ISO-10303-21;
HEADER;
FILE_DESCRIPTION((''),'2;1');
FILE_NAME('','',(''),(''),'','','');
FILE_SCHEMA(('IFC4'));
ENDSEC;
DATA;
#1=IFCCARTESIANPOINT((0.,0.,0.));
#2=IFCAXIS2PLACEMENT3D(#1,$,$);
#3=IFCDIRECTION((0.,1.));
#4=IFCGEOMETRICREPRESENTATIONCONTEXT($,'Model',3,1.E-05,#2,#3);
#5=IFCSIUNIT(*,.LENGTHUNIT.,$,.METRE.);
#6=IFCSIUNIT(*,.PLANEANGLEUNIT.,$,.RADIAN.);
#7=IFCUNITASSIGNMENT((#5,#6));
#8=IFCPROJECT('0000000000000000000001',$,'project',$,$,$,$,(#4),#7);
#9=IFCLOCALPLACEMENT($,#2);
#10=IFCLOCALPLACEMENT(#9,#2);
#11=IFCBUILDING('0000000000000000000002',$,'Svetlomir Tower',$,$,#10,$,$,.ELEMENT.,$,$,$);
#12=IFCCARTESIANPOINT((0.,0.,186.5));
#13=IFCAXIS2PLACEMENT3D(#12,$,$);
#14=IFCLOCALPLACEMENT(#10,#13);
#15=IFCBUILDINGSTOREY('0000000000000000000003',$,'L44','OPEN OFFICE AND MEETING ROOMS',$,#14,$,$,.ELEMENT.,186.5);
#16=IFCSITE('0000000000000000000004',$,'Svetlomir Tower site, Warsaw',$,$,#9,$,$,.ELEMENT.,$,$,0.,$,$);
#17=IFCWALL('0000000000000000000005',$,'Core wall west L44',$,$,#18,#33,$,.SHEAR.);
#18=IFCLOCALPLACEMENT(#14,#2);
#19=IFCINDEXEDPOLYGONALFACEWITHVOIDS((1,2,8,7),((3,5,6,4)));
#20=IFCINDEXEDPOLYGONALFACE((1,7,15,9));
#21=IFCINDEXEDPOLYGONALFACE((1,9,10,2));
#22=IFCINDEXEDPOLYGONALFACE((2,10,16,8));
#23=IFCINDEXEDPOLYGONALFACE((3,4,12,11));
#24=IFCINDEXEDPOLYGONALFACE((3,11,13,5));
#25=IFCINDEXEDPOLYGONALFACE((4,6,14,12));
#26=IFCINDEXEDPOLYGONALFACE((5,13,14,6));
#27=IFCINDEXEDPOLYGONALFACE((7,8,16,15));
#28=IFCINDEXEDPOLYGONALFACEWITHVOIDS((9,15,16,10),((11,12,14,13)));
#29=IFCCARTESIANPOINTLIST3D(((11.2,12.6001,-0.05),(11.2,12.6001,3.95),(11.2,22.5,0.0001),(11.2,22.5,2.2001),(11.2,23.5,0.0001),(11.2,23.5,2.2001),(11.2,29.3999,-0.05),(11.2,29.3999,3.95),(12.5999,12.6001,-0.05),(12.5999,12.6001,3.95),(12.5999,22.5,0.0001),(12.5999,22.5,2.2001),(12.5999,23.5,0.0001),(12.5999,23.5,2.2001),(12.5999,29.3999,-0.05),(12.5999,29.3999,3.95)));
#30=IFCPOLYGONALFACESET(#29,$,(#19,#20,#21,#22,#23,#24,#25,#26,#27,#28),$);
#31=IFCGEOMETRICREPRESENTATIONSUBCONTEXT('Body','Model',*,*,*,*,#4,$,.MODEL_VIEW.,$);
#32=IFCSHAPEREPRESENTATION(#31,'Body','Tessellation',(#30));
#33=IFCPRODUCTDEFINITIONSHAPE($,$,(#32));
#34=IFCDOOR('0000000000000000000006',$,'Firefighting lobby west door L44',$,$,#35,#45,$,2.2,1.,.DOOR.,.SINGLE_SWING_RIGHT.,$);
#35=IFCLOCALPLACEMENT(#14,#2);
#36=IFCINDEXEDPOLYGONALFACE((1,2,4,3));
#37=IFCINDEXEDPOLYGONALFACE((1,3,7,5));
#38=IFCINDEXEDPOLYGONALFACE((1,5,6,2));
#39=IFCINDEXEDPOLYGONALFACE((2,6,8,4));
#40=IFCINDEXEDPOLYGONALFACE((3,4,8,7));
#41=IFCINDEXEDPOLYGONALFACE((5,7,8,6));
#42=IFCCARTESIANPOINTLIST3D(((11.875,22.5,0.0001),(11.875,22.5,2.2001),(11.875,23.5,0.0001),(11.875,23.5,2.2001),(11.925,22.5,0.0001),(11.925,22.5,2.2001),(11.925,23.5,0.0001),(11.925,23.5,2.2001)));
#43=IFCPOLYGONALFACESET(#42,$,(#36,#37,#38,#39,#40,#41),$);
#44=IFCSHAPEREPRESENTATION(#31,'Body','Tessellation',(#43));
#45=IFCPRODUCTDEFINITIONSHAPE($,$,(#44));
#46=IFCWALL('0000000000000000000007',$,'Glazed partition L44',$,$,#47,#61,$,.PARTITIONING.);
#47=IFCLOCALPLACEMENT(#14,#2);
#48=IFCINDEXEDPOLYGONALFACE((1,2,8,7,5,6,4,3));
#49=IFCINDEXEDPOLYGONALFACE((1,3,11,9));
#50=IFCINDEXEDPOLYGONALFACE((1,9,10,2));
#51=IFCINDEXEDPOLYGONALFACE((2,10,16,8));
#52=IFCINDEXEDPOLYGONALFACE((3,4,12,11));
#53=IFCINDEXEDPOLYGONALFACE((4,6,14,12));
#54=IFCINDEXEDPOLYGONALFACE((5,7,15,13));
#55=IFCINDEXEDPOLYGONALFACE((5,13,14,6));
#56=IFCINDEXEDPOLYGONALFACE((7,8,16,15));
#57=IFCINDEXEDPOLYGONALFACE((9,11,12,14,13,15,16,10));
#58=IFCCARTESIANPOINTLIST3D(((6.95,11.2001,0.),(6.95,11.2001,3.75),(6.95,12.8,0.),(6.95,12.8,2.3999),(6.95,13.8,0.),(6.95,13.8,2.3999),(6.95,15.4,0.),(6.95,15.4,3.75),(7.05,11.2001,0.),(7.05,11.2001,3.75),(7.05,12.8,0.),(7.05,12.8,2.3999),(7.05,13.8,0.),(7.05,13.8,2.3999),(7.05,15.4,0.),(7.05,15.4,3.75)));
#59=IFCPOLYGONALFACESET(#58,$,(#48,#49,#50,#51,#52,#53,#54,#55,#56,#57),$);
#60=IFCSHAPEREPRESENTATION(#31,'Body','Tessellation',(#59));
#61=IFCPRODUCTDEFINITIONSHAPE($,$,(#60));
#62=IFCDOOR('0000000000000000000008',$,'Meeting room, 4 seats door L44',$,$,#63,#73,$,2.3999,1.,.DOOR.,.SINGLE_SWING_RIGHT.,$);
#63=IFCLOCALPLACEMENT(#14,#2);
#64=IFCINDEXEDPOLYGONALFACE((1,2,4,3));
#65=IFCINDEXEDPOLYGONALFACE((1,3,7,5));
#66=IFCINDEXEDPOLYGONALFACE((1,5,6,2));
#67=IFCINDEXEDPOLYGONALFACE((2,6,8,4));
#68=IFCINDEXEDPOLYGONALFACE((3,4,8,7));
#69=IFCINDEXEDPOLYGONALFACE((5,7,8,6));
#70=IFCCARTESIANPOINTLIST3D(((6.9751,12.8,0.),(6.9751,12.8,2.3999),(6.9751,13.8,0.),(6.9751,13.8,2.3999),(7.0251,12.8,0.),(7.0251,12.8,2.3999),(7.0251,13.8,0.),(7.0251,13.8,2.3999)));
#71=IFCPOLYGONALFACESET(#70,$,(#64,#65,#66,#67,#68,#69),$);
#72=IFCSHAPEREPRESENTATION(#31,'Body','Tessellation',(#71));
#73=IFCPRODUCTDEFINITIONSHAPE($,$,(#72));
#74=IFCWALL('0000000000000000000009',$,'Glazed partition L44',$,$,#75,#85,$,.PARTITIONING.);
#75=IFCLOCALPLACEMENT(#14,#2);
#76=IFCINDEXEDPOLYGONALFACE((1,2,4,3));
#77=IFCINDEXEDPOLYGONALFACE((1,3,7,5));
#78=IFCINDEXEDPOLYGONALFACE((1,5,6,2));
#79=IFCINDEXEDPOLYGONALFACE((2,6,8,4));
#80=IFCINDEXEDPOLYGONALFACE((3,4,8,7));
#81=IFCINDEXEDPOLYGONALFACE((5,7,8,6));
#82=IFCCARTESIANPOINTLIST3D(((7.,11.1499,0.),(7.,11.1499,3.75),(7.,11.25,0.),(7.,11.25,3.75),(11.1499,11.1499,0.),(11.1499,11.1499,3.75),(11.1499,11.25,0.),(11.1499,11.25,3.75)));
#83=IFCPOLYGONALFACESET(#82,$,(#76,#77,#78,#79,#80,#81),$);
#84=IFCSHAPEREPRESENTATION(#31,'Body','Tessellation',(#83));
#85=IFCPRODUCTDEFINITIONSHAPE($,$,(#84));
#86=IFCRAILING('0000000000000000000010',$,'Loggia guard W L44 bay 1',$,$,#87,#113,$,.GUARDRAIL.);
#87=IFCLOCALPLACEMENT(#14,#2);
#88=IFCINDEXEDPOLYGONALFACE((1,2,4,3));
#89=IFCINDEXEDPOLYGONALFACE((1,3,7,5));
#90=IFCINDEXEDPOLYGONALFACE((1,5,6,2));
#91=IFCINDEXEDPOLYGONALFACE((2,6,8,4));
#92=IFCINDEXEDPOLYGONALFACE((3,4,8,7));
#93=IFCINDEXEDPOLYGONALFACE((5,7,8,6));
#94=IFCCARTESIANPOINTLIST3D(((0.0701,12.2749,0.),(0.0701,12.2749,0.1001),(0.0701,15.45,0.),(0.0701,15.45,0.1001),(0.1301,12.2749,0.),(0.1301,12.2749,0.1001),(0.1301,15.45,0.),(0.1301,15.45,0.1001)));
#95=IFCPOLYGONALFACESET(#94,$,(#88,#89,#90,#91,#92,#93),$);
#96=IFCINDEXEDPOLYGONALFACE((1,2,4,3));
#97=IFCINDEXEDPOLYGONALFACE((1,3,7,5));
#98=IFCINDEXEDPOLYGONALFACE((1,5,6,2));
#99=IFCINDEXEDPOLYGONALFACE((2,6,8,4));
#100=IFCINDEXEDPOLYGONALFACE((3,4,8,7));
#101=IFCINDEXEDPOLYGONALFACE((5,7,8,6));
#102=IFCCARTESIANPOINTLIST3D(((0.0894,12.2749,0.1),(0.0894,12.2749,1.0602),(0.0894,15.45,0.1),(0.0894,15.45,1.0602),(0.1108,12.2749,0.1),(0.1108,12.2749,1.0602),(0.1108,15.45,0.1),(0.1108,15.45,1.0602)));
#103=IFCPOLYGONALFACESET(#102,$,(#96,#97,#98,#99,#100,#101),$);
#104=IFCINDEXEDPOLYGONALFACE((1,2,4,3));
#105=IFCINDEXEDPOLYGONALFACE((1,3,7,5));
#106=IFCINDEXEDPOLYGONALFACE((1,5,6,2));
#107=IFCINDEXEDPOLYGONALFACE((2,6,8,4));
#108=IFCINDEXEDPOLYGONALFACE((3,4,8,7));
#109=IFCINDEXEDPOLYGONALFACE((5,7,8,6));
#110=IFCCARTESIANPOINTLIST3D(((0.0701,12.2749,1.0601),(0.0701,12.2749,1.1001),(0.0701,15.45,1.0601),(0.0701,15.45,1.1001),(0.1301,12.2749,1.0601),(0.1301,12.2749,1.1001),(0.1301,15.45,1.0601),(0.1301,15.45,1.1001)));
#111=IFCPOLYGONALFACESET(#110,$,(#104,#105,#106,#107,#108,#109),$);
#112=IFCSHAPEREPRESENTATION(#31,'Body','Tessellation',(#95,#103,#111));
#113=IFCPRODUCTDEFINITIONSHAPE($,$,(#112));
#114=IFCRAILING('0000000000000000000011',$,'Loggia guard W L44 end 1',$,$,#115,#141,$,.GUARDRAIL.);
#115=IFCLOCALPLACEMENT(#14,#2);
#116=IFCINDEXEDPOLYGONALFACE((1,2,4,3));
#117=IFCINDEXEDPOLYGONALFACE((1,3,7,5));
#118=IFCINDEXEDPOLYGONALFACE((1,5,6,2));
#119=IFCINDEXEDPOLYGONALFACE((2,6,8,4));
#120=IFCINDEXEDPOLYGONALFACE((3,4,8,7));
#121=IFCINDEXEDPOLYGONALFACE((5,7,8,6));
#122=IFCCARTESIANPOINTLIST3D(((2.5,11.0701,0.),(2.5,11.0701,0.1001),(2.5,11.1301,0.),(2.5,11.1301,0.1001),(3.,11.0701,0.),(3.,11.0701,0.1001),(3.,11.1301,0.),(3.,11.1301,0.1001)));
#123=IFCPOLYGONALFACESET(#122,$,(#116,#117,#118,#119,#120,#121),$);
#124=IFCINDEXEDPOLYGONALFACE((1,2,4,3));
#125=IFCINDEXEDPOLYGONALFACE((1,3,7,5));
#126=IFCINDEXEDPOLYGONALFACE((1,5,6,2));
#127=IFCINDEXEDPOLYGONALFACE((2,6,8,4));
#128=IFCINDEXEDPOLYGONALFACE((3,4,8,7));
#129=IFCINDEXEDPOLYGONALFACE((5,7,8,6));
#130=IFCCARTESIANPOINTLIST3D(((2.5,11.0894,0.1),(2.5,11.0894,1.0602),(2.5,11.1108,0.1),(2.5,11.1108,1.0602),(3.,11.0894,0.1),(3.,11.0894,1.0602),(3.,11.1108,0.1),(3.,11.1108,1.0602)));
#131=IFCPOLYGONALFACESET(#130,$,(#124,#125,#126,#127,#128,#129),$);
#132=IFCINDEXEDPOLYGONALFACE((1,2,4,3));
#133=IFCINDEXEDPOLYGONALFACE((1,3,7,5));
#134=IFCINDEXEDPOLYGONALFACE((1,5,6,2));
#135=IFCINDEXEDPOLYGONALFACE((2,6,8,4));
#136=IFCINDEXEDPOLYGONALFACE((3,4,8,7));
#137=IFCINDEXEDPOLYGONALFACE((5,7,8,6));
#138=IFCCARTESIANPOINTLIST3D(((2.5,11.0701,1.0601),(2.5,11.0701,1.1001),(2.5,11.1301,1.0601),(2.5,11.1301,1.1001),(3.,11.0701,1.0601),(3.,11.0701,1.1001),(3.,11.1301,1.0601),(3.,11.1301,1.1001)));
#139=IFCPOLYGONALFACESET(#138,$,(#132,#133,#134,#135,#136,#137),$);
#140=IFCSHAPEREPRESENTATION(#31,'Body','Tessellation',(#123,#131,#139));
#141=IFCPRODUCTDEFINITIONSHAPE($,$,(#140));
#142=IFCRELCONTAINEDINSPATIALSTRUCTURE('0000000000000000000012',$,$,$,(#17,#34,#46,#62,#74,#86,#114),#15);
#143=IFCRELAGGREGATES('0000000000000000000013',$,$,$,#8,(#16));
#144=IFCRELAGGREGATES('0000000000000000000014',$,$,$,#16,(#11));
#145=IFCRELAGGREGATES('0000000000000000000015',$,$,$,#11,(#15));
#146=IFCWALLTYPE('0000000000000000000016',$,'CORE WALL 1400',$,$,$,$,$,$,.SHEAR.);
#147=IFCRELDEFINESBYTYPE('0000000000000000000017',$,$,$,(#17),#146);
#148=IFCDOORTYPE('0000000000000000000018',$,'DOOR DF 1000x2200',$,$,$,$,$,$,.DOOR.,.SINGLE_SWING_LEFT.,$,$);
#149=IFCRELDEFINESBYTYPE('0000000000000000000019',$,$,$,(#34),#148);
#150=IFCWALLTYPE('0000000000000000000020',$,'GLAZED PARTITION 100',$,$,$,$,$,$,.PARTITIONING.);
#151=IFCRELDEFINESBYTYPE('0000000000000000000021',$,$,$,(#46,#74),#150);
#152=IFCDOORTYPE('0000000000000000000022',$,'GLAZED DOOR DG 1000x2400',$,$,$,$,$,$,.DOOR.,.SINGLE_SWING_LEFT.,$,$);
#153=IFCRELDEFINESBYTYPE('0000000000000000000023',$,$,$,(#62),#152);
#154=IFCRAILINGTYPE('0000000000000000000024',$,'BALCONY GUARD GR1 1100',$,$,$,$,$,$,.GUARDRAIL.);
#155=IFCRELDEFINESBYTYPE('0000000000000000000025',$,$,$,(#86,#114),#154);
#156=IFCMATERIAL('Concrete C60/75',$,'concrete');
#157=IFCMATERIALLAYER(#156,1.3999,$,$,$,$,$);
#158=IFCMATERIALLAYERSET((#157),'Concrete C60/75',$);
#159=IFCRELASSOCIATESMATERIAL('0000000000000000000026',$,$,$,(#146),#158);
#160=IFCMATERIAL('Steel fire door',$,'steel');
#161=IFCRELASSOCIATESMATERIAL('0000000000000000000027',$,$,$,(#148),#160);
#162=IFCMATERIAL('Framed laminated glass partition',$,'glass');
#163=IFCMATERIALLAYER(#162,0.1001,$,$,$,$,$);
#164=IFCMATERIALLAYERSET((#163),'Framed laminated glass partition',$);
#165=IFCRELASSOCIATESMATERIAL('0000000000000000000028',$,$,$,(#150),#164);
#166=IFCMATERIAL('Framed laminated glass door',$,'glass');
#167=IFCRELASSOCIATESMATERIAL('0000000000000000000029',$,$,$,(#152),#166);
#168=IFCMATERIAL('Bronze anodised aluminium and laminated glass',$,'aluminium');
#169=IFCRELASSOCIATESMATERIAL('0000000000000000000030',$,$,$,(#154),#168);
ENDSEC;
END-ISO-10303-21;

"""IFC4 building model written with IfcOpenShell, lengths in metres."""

from ifc_helpers import new_model, si_unit, direction, frame, frame_2d, origin, origin_2d, place, context, subcontext, project, spatial, rectangle, extrude, material, layer, layer_set, type_object, element, fill, save


model = new_model("IFC4")

# Units and contexts
model_context = context("Model", 3, precision=1e-05, world=origin(), true_north=direction((0.0, 1.0)))
body_context = subcontext(model_context, "Body", "Model", "MODEL_VIEW")
ifc_project = project(units=[si_unit("LENGTHUNIT", "METRE"), si_unit("PLANEANGLEUNIT", "RADIAN")], contexts=[model_context])

# Site, building, storey
site_placement = place(None, origin())
site = spatial("IfcSite", under=ifc_project, at=site_placement, Name="Svetlomir Tower site, Warsaw", CompositionType="ELEMENT", RefElevation=0.0)
building_placement = place(site_placement, origin())
building = spatial("IfcBuilding", under=site, at=building_placement, Name="Svetlomir Tower", CompositionType="ELEMENT")
storey_placement = place(building_placement, frame((0.0, 0.0, 186.5)))
storey = spatial("IfcBuildingStorey", under=building, at=storey_placement, Name="L44", Description="OPEN OFFICE AND MEETING ROOMS", CompositionType="ELEMENT", Elevation=186.5)

# Walls, openings, doors
ifc_material_1 = material(Name="Concrete C60/75", Category="concrete")
ifc_layer_1 = layer(ifc_material_1, 1.3999)
ifc_layer_set_1 = layer_set([ifc_layer_1], Name="Concrete C60/75")
wall_type_1 = type_object("IfcWallType", Name="CORE WALL 1400", PredefinedType="SHEAR", material=ifc_layer_set_1)
wall_1_placement = place(storey_placement, frame((11.8999, 12.6001, -0.05), z_axis=(0.0, 0.0, 1.0), x_axis=(0.0, 1.0, 0.0)))
wall_1 = element("IfcWall", 1, at=wall_1_placement, inside=storey, type_object=wall_type_1, Name="Core wall west L44", PredefinedType="SHEAR", context=body_context, shape_type="SweptSolid", body=[
    extrude(rectangle(XDim=16.7998, YDim=1.3999, at=frame_2d((8.3999, 0.0))), origin(), (0.0, 0.0, 1.0), 4.0),
])
opening_1_placement = place(wall_1_placement, frame((9.8999, 0.0, 0.05)))
opening_1 = element("IfcOpeningElement", 2, at=opening_1_placement, cuts=wall_1, PredefinedType="OPENING", context=body_context, shape_type="SweptSolid", body=[
    extrude(rectangle(XDim=1.0, YDim=2.2, at=frame_2d((0.5, 1.1001))), frame((0.0, 0.71, 0.0), z_axis=(0.0, -1.0, 0.0), x_axis=(1.0, 0.0, 0.0)), (0.0, 0.0, 1.0), 1.4199),
])
ifc_material_2 = material(Name="Steel fire door", Category="steel")
door_type_1 = type_object("IfcDoorType", Name="DOOR DF 1000x2200", OperationType="SINGLE_SWING_LEFT", PredefinedType="DOOR", material=ifc_material_2)
door_1_placement = place(opening_1_placement, origin())
door_1 = element("IfcDoor", 3, at=door_1_placement, inside=storey, type_object=door_type_1, Name="Firefighting lobby west door L44", OperationType="SINGLE_SWING_RIGHT", OverallHeight=2.2, OverallWidth=1.0, PredefinedType="DOOR", context=body_context, shape_type="SweptSolid", body=[
    extrude(rectangle(XDim=1.0, YDim=2.2, at=frame_2d((0.5, 1.1001))), frame((0.0, 0.0249, 0.0), z_axis=(0.0, -1.0, 0.0), x_axis=(1.0, 0.0, 0.0)), (0.0, 0.0, 1.0), 0.05),
])
fill(opening_1, door_1)
ifc_material_3 = material(Name="Framed laminated glass partition", Category="glass")
ifc_layer_2 = layer(ifc_material_3, 0.1001)
ifc_layer_set_2 = layer_set([ifc_layer_2], Name="Framed laminated glass partition")
wall_type_2 = type_object("IfcWallType", Name="GLAZED PARTITION 100", PredefinedType="PARTITIONING", material=ifc_layer_set_2)
wall_2_placement = place(storey_placement, frame((7.0, 11.2, 0.0), z_axis=(0.0, 0.0, 1.0), x_axis=(0.0, 1.0, 0.0)))
wall_2 = element("IfcWall", 4, at=wall_2_placement, inside=storey, type_object=wall_type_2, Name="Glazed partition L44", PredefinedType="PARTITIONING", context=body_context, shape_type="SweptSolid", body=[
    extrude(rectangle(XDim=4.2, YDim=0.1001, at=frame_2d((2.1001, 0.0))), origin(), (0.0, 0.0, 1.0), 3.75),
])
opening_2_placement = place(wall_2_placement, frame((1.6001, 0.0, 0.0)))
opening_2 = element("IfcOpeningElement", 5, at=opening_2_placement, cuts=wall_2, PredefinedType="OPENING", context=body_context, shape_type="SweptSolid", body=[
    extrude(rectangle(XDim=1.0, YDim=2.3999, at=frame_2d((0.5, 1.2))), frame((0.0, 0.0601, 0.0), z_axis=(0.0, -1.0, 0.0), x_axis=(1.0, 0.0, 0.0)), (0.0, 0.0, 1.0), 0.1201),
])
ifc_material_4 = material(Name="Framed laminated glass door", Category="glass")
door_type_2 = type_object("IfcDoorType", Name="GLAZED DOOR DG 1000x2400", OperationType="SINGLE_SWING_LEFT", PredefinedType="DOOR", material=ifc_material_4)
door_2_placement = place(opening_2_placement, origin())
door_2 = element("IfcDoor", 6, at=door_2_placement, inside=storey, type_object=door_type_2, Name="Meeting room, 4 seats door L44", OperationType="SINGLE_SWING_RIGHT", OverallHeight=2.3999, OverallWidth=1.0, PredefinedType="DOOR", context=body_context, shape_type="SweptSolid", body=[
    extrude(rectangle(XDim=1.0, YDim=2.3999, at=frame_2d((0.5, 1.2))), frame((0.0, 0.0249, 0.0), z_axis=(0.0, -1.0, 0.0), x_axis=(1.0, 0.0, 0.0)), (0.0, 0.0, 1.0), 0.05),
])
fill(opening_2, door_2)

# Wall
wall_3_placement = place(storey_placement, frame((7.0, 11.2, 0.0), z_axis=(0.0, 0.0, 1.0), x_axis=(1.0, 0.0, 0.0)))
element("IfcWall", 7, at=wall_3_placement, inside=storey, type_object=wall_type_2, Name="Glazed partition L44", PredefinedType="PARTITIONING", context=body_context, shape_type="SweptSolid", body=[
    extrude(rectangle(XDim=4.1499, YDim=0.1001, at=frame_2d((2.075, 0.0))), origin(), (0.0, 0.0, 1.0), 3.75),
])

# Railings
ifc_material_5 = material(Name="Bronze anodised aluminium and laminated glass", Category="aluminium")
railing_type = type_object("IfcRailingType", Name="BALCONY GUARD GR1 1100", PredefinedType="GUARDRAIL", material=ifc_material_5)
railing_1_placement = place(storey_placement, frame((0.1001, 12.2749, 0.0)))
element("IfcRailing", 8, at=railing_1_placement, inside=storey, type_object=railing_type, Name="Loggia guard W L44 bay 1", PredefinedType="GUARDRAIL", context=body_context, shape_type="SweptSolid", body=[
    extrude(rectangle(XDim=0.0601, YDim=0.1001, at=origin_2d()), frame((0.0, 0.0, 0.05), z_axis=(0.0, 1.0, 0.0), x_axis=(-1.0, 0.0, 0.0)), (0.0, 0.0, 1.0), 3.175),
    extrude(rectangle(XDim=0.0215, YDim=0.9602, at=origin_2d()), frame((0.0, 0.0, 0.5801), z_axis=(0.0, 1.0, 0.0), x_axis=(-1.0, 0.0, 0.0)), (0.0, 0.0, 1.0), 3.175),
    extrude(rectangle(XDim=0.0601, YDim=0.04, at=origin_2d()), frame((0.0, 0.0, 1.0801), z_axis=(0.0, 1.0, 0.0), x_axis=(-1.0, 0.0, 0.0)), (0.0, 0.0, 1.0), 3.175),
])
railing_2_placement = place(storey_placement, frame((2.5, 11.1001, 0.0)))
element("IfcRailing", 9, at=railing_2_placement, inside=storey, type_object=railing_type, Name="Loggia guard W L44 end 1", PredefinedType="GUARDRAIL", context=body_context, shape_type="SweptSolid", body=[
    extrude(rectangle(XDim=0.0601, YDim=0.1001, at=origin_2d()), frame((0.0, 0.0, 0.05), z_axis=(1.0, 0.0, 0.0), x_axis=(0.0, 1.0, 0.0)), (0.0, 0.0, 1.0), 0.5),
    extrude(rectangle(XDim=0.0215, YDim=0.9602, at=origin_2d()), frame((0.0, 0.0, 0.5801), z_axis=(1.0, 0.0, 0.0), x_axis=(0.0, 1.0, 0.0)), (0.0, 0.0, 1.0), 0.5),
    extrude(rectangle(XDim=0.0601, YDim=0.04, at=origin_2d()), frame((0.0, 0.0, 1.0801), z_axis=(1.0, 0.0, 0.0), x_axis=(0.0, 1.0, 0.0)), (0.0, 0.0, 1.0), 0.5),
])

save(model, "model.ifc")
